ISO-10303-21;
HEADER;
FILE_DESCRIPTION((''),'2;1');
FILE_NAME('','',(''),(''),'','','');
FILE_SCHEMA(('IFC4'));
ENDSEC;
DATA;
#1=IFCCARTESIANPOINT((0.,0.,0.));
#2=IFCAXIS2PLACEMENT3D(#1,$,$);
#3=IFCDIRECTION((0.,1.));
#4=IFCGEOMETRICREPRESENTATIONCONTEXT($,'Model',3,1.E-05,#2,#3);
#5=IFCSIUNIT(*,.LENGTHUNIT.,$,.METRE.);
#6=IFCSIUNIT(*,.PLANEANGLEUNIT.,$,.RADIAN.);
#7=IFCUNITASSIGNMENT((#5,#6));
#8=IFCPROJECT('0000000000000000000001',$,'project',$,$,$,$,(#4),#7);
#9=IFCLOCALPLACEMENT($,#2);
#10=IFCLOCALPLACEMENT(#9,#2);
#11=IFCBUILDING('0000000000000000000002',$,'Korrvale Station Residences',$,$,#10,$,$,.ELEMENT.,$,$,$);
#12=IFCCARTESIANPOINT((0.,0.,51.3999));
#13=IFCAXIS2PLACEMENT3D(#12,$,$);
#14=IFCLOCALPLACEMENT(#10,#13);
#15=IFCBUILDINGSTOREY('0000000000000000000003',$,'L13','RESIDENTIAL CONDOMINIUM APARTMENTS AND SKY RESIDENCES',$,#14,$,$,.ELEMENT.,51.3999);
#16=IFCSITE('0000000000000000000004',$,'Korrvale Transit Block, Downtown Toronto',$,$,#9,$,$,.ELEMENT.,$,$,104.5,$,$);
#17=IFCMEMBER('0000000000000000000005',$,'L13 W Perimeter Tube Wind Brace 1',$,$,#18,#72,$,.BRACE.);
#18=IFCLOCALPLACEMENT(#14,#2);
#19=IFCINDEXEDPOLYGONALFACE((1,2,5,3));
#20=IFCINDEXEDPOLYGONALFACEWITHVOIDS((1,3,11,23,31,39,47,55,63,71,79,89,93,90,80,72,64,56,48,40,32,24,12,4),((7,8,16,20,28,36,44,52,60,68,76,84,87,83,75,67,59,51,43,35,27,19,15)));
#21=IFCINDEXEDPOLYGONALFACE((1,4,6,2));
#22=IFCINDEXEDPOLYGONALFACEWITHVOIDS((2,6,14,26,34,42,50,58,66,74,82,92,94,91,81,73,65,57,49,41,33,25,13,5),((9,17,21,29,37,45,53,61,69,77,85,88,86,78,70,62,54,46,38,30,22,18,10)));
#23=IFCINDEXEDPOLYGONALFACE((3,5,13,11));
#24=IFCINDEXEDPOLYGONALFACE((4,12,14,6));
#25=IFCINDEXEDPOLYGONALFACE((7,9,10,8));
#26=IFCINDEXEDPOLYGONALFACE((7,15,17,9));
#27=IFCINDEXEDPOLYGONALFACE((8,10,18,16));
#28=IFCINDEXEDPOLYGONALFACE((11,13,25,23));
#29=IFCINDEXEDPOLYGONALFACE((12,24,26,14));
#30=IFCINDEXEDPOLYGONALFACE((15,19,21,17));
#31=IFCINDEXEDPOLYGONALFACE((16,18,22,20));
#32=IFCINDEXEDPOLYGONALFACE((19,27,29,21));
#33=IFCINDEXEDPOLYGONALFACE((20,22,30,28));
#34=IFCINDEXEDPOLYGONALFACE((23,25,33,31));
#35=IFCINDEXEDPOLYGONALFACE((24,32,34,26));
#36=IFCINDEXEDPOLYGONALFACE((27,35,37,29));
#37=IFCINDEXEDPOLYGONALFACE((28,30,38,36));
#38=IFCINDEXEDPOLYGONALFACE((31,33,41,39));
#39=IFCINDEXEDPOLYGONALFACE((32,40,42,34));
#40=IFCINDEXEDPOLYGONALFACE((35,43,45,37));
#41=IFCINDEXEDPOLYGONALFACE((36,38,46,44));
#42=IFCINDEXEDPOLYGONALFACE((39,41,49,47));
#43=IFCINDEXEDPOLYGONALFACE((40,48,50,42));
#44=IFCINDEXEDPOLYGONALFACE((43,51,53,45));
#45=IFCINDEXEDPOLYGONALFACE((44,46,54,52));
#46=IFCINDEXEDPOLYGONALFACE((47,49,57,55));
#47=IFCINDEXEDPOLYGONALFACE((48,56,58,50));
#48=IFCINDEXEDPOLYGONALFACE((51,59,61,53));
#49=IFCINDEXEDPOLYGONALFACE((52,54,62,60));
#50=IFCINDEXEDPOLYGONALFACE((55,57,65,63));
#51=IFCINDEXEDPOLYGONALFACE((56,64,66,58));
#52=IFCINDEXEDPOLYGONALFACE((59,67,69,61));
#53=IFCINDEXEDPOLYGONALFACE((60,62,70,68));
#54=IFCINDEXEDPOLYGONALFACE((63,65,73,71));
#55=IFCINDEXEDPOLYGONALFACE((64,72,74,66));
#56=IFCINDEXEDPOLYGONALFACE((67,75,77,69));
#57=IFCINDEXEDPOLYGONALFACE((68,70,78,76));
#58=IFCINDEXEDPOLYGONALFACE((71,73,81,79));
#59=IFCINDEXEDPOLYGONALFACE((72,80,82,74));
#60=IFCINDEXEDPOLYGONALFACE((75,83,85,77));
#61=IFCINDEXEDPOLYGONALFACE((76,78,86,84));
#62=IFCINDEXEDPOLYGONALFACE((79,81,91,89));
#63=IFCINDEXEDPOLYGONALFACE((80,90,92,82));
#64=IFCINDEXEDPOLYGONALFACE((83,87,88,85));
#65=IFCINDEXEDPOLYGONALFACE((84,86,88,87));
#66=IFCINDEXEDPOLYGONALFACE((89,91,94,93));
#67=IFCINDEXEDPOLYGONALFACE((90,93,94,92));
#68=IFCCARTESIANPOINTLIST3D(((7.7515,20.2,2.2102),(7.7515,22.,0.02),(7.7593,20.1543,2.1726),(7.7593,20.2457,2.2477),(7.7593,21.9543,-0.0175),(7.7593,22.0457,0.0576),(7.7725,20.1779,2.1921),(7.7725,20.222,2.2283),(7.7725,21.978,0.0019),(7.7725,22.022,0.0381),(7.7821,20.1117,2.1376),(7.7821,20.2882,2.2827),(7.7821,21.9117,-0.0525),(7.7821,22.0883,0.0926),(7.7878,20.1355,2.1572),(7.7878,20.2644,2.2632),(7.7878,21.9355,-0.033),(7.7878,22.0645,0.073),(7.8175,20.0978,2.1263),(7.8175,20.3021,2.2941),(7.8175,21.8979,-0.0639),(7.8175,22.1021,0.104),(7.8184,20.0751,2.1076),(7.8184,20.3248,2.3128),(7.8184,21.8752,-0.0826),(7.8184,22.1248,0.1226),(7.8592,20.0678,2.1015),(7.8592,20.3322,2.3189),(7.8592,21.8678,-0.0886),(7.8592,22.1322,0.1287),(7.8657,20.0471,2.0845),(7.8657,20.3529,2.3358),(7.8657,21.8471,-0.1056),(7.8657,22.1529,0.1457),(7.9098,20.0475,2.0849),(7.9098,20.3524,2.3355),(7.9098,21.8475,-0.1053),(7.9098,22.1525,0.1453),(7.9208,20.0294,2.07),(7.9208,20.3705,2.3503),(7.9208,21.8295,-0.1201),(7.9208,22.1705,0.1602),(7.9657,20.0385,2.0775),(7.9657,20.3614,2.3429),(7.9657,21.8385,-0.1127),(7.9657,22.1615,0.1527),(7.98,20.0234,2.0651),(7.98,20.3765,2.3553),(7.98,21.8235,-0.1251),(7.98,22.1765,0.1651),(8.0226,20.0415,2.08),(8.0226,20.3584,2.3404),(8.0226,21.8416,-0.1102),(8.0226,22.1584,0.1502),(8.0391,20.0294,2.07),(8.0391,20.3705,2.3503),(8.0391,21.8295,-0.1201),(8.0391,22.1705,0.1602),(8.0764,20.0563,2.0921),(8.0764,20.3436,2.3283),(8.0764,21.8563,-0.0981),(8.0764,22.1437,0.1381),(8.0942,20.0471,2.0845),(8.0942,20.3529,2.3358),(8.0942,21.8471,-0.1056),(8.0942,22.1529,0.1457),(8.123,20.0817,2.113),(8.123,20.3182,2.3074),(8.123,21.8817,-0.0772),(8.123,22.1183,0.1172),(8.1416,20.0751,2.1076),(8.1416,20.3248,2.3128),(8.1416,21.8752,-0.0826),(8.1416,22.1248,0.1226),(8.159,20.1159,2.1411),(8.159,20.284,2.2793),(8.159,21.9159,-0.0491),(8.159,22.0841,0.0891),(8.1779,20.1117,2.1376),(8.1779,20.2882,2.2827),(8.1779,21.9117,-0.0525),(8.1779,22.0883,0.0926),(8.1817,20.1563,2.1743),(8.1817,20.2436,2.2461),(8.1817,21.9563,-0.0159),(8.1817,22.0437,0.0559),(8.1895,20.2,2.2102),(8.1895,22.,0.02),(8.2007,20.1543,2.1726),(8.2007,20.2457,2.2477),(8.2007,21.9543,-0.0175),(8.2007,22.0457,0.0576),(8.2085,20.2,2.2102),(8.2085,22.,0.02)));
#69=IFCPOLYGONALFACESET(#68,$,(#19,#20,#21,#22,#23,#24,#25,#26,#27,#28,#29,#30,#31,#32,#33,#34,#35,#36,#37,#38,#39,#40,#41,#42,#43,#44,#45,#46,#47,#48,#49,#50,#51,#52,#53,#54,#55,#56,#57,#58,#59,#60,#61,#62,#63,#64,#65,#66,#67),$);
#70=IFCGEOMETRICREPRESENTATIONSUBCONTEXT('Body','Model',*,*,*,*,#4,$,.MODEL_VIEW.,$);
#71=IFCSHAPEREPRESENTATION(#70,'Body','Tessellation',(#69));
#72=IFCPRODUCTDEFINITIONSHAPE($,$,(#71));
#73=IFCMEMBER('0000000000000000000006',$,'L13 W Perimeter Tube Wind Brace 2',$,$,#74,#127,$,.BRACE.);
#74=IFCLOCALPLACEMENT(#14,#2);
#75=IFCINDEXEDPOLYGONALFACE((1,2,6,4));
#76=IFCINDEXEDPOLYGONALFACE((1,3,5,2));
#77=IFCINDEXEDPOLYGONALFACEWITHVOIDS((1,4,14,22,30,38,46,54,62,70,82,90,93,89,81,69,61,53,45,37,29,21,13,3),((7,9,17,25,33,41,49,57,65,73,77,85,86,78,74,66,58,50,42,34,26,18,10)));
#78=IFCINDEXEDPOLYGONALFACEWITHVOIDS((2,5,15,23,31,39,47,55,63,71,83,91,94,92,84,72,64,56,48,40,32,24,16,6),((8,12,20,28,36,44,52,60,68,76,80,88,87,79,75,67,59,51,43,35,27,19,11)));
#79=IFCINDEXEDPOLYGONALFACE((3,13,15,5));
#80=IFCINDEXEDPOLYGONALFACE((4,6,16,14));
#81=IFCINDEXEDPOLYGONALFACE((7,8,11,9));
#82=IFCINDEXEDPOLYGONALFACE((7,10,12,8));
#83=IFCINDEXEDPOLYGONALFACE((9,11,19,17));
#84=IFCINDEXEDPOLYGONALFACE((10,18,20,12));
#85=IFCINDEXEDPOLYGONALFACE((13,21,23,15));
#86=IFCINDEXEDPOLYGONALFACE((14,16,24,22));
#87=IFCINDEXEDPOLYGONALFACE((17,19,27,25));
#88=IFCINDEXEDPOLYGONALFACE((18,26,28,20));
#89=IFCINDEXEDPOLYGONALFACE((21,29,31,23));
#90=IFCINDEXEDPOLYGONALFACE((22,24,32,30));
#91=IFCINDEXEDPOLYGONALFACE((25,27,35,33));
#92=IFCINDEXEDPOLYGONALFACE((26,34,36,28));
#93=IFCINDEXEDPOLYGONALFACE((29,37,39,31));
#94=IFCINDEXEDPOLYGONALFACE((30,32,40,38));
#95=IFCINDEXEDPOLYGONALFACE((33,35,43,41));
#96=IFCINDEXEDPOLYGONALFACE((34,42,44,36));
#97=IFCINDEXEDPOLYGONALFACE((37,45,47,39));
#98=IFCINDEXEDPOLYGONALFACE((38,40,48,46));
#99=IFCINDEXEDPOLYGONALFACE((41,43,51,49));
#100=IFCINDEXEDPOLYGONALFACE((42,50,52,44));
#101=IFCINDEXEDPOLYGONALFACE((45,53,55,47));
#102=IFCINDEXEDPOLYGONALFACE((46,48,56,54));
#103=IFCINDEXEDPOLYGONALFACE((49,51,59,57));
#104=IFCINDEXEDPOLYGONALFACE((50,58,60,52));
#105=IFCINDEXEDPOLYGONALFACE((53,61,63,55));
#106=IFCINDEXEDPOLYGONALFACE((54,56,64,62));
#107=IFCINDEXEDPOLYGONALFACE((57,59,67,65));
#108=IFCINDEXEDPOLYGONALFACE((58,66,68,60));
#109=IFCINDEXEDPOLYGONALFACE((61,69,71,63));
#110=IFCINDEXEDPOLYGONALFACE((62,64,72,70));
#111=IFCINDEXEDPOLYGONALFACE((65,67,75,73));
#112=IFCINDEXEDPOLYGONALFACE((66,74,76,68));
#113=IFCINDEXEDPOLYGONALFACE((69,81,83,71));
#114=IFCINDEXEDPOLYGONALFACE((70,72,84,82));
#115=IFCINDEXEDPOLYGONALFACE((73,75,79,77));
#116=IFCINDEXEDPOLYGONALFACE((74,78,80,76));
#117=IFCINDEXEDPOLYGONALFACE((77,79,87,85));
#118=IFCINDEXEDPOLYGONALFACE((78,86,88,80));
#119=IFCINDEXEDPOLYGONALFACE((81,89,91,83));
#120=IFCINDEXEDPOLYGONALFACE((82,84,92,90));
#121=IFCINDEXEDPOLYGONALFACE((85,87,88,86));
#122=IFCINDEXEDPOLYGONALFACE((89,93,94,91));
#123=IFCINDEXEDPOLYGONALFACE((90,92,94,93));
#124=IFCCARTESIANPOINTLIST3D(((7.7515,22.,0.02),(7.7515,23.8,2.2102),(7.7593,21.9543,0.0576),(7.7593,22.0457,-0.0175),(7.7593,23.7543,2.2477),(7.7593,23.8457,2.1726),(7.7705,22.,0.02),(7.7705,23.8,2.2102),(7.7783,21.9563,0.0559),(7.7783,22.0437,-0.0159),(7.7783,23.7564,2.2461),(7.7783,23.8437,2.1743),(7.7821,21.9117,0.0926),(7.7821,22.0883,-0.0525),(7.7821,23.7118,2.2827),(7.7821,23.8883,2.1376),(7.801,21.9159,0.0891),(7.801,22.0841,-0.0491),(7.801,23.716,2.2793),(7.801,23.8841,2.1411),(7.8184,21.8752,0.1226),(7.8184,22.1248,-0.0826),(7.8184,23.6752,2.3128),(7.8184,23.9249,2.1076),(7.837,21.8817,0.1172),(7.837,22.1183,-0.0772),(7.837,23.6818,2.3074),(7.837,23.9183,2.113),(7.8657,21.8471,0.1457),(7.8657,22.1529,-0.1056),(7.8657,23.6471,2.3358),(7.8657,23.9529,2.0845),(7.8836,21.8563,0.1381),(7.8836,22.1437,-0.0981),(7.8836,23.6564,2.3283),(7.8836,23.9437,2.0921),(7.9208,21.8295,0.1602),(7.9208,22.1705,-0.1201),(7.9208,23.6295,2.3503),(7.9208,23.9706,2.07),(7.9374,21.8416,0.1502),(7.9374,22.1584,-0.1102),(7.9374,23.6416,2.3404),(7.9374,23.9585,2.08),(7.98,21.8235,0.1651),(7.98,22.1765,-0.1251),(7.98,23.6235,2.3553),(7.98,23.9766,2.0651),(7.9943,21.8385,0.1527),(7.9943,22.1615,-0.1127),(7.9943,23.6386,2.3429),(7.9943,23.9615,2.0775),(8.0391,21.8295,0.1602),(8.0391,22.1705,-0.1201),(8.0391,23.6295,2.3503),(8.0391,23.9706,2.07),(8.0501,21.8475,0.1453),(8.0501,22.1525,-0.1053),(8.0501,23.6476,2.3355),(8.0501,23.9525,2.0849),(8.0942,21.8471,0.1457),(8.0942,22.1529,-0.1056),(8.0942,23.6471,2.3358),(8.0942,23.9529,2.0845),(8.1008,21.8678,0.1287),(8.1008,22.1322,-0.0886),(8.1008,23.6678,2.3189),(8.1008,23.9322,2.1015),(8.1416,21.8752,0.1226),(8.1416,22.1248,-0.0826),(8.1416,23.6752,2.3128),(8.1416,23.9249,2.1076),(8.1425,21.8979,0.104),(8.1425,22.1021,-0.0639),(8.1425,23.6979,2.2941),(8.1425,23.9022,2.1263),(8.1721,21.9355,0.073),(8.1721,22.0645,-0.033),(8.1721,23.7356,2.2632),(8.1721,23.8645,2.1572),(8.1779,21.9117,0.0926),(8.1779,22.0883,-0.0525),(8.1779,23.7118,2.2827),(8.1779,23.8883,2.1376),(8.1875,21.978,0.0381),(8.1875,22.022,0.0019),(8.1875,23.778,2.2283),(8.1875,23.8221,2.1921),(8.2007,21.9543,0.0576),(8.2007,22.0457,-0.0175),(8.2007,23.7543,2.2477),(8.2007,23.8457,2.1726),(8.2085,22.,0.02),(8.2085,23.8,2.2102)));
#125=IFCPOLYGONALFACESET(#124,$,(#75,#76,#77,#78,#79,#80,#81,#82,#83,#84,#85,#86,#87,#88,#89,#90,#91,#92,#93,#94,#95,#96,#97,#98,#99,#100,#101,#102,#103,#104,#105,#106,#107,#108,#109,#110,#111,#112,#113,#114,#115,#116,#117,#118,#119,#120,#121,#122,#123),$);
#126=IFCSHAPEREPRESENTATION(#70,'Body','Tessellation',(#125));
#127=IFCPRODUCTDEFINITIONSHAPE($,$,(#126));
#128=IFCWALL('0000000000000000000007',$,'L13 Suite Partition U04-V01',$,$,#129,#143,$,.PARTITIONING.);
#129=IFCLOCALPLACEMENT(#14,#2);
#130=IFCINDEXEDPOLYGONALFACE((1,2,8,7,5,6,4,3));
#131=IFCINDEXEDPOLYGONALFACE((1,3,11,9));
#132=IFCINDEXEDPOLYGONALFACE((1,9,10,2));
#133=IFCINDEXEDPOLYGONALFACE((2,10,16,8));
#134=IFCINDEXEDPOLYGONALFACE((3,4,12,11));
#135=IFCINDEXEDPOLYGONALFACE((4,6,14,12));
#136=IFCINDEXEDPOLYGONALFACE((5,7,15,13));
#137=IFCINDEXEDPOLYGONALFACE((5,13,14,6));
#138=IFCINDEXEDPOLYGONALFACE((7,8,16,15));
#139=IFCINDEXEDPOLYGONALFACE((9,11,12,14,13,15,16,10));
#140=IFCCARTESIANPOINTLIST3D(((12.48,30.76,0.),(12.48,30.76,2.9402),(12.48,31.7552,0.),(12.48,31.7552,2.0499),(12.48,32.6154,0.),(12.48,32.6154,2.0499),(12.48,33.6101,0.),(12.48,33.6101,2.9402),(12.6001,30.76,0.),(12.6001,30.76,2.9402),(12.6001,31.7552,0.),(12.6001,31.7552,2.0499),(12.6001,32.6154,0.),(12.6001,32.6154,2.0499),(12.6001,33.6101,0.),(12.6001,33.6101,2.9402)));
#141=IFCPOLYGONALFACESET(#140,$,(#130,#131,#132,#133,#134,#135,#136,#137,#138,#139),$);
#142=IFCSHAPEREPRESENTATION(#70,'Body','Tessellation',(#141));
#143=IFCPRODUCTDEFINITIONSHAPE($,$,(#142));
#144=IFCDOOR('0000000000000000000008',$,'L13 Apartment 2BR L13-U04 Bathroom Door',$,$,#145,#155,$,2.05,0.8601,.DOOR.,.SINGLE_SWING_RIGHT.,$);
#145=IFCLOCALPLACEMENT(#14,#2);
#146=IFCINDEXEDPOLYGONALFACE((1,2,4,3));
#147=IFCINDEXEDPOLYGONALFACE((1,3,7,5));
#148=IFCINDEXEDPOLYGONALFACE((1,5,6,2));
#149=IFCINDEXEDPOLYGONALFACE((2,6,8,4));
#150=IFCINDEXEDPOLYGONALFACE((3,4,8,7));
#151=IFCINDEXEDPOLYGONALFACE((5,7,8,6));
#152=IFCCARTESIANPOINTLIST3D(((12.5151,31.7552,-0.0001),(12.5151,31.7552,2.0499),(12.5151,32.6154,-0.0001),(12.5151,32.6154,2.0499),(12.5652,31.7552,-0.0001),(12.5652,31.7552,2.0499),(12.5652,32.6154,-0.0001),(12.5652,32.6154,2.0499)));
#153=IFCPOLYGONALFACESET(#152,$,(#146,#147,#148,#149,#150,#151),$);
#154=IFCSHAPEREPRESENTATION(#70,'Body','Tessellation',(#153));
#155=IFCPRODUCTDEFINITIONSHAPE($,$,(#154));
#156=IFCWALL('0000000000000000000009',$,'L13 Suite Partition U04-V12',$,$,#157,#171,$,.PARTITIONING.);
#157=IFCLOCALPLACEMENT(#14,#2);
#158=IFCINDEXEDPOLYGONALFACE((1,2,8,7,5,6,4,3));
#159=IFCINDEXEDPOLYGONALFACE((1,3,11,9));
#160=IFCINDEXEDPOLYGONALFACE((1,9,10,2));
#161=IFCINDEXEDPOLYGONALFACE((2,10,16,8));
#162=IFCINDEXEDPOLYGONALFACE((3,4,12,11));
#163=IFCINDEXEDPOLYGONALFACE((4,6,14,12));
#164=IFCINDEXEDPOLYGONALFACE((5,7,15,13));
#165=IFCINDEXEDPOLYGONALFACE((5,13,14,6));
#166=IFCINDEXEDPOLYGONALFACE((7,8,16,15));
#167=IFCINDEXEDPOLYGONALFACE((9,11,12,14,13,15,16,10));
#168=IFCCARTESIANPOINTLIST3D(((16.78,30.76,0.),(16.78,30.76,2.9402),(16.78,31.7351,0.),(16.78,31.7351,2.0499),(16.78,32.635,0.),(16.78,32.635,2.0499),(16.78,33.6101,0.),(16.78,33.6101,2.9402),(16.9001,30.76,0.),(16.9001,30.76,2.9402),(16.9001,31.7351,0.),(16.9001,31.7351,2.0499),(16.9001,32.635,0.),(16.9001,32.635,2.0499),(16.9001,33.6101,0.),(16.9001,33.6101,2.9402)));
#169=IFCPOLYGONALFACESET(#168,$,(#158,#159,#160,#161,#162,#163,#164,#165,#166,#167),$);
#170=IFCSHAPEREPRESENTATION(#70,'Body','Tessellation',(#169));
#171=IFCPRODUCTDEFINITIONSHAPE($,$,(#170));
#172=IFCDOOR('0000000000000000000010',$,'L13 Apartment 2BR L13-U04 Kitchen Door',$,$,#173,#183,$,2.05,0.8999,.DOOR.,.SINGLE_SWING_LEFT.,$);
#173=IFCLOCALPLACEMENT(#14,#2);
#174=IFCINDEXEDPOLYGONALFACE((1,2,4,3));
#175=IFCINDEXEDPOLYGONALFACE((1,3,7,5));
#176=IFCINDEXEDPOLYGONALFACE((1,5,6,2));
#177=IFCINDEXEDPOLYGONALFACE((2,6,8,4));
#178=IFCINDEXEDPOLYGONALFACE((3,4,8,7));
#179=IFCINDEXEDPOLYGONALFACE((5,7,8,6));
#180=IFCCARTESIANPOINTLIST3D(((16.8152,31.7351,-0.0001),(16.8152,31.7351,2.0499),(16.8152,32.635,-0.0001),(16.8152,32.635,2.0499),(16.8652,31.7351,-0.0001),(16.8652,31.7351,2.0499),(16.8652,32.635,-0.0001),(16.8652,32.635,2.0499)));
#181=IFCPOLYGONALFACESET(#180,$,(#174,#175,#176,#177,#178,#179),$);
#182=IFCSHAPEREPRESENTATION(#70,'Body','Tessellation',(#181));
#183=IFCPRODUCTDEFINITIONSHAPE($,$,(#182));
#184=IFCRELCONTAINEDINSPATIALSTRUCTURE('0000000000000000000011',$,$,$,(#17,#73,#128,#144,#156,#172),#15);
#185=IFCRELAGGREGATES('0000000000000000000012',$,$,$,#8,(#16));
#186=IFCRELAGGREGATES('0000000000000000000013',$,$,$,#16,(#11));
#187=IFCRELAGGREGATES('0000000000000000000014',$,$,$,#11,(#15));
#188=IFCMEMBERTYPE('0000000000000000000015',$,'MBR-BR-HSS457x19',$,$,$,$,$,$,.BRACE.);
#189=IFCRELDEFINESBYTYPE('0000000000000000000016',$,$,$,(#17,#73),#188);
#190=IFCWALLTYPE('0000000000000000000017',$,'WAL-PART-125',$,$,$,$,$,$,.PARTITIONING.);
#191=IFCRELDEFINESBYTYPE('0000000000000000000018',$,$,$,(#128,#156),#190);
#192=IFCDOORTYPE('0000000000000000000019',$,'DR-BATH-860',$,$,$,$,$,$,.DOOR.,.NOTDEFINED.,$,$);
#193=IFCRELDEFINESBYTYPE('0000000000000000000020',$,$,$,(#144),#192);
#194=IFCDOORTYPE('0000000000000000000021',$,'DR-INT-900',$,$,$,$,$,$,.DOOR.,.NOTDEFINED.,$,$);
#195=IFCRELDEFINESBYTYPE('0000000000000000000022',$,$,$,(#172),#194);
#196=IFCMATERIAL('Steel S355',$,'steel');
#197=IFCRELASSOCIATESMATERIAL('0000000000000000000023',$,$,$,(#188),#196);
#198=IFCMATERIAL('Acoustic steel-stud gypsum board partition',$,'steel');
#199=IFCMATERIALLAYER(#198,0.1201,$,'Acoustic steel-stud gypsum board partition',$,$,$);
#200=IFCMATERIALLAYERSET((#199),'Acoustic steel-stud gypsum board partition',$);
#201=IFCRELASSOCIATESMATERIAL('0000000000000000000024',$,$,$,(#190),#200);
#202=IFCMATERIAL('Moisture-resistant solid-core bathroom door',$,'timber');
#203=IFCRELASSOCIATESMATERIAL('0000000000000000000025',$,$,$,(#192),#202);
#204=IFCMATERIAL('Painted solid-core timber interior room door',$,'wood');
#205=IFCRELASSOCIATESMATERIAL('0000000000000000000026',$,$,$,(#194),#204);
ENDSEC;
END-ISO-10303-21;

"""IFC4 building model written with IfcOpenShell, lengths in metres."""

from ifc_helpers import new_model, si_unit, direction, frame, frame_2d, origin, origin_2d, place, context, subcontext, project, spatial, rectangle, hollow_circle, extrude, material, layer, layer_set, material_profile, profile_set, type_object, element, fill, save


model = new_model("IFC4")

# Units and contexts
model_context = context("Model", 3, precision=1e-05, world=origin(), true_north=direction((0.0, 1.0)))
body_context = subcontext(model_context, "Body", "Model", "MODEL_VIEW")
ifc_project = project(units=[si_unit("LENGTHUNIT", "METRE"), si_unit("PLANEANGLEUNIT", "RADIAN")], contexts=[model_context])

# Site, building, storey
site_placement = place(None, origin())
site = spatial("IfcSite", under=ifc_project, at=site_placement, Name="Korrvale Transit Block, Downtown Toronto", CompositionType="ELEMENT", RefElevation=104.5)
building_placement = place(site_placement, origin())
building = spatial("IfcBuilding", under=site, at=building_placement, Name="Korrvale Station Residences", CompositionType="ELEMENT")
storey_placement = place(building_placement, frame((0.0, 0.0, 51.3999)))
storey = spatial("IfcBuildingStorey", under=building, at=storey_placement, Name="L13", Description="RESIDENTIAL CONDOMINIUM APARTMENTS AND SKY RESIDENCES", CompositionType="ELEMENT", Elevation=51.3999)

# Shared definitions
ifc_material_1 = material(Name="Steel S355", Category="steel")

# Members
ifc_material_profile_1 = material_profile(ifc_material_1, hollow_circle(Radius=0.2285, WallThickness=0.019, at=origin_2d()), Name="HSS457x19")
ifc_profile_set_1 = profile_set([ifc_material_profile_1], Name="Steel S355")
member_type = type_object("IfcMemberType", Name="MBR-BR-HSS457x19", PredefinedType="BRACE", material=ifc_profile_set_1)
for number, where, z_axis, x_axis, name in (
    (1, (7.98, 22.0, 0.02), (0.0, -0.634943, 0.772559), (1.0, 0.0, 0.0), "L13 W Perimeter Tube Wind Brace 1"),
    (2, (7.98, 22.0, 0.02), (0.0, 0.634943, 0.772559), (-1.0, 0.0, 0.0), "L13 W Perimeter Tube Wind Brace 2"),
):
    element("IfcMember", number, at=place(storey_placement, frame(where, z_axis=z_axis, x_axis=x_axis)), inside=storey, type_object=member_type, Name=name, PredefinedType="BRACE", context=body_context, shape_type="SweptSolid", body=[
        extrude(hollow_circle(Radius=0.2285, WallThickness=0.019, at=origin_2d()), origin(), (0.0, 0.0, 1.0), 2.835),
    ])

# Walls, openings, doors
ifc_material_2 = material(Name="Acoustic steel-stud gypsum board partition", Category="steel")
ifc_layer_1 = layer(ifc_material_2, 0.1201, Name="Acoustic steel-stud gypsum board partition")
ifc_layer_set_1 = layer_set([ifc_layer_1], Name="Acoustic steel-stud gypsum board partition")
wall_type_1 = type_object("IfcWallType", Name="WAL-PART-125", PredefinedType="PARTITIONING", material=ifc_layer_set_1)
wall_1_placement = place(storey_placement, frame((12.54, 30.76, 0.0), z_axis=(0.0, 0.0, 1.0), x_axis=(0.0, 1.0, 0.0)))
wall_1 = element("IfcWall", 3, at=wall_1_placement, inside=storey, type_object=wall_type_1, Name="L13 Suite Partition U04-V01", PredefinedType="PARTITIONING", context=body_context, shape_type="SweptSolid", body=[
    extrude(rectangle(XDim=2.8501, YDim=0.1201, at=frame_2d((1.425, 0.0))), origin(), (0.0, 0.0, 1.0), 2.9402),
])
opening_1_placement = place(wall_1_placement, frame((0.9951, 0.0, 0.0)))
opening_1 = element("IfcOpeningElement", 4, at=opening_1_placement, cuts=wall_1, PredefinedType="OPENING", context=body_context, shape_type="SweptSolid", body=[
    extrude(rectangle(XDim=0.8601, YDim=2.05, at=frame_2d((0.4302, 1.0249))), frame((0.0, 0.0701, 0.0), z_axis=(0.0, -1.0, 0.0), x_axis=(1.0, 0.0, 0.0)), (0.0, 0.0, 1.0), 0.1401),
])
ifc_material_3 = material(Name="Moisture-resistant solid-core bathroom door", Category="timber")
door_type_1 = type_object("IfcDoorType", Name="DR-BATH-860", OperationType="NOTDEFINED", PredefinedType="DOOR", material=ifc_material_3)
door_1_placement = place(opening_1_placement, origin())
door_1 = element("IfcDoor", 5, at=door_1_placement, inside=storey, type_object=door_type_1, Name="L13 Apartment 2BR L13-U04 Bathroom Door", OperationType="SINGLE_SWING_RIGHT", OverallHeight=2.05, OverallWidth=0.8601, PredefinedType="DOOR", context=body_context, shape_type="SweptSolid", body=[
    extrude(rectangle(XDim=0.8601, YDim=2.05, at=frame_2d((0.4302, 1.0249))), frame((0.0, 0.0249, 0.0), z_axis=(0.0, -1.0, 0.0), x_axis=(1.0, 0.0, 0.0)), (0.0, 0.0, 1.0), 0.05),
])
fill(opening_1, door_1)
wall_2_placement = place(storey_placement, frame((16.8401, 30.76, 0.0), z_axis=(0.0, 0.0, 1.0), x_axis=(0.0, 1.0, 0.0)))
wall_2 = element("IfcWall", 6, at=wall_2_placement, inside=storey, type_object=wall_type_1, Name="L13 Suite Partition U04-V12", PredefinedType="PARTITIONING", context=body_context, shape_type="SweptSolid", body=[
    extrude(rectangle(XDim=2.8501, YDim=0.1201, at=frame_2d((1.425, 0.0))), origin(), (0.0, 0.0, 1.0), 2.9402),
])
opening_2_placement = place(wall_2_placement, frame((0.9751, 0.0, 0.0)))
opening_2 = element("IfcOpeningElement", 7, at=opening_2_placement, cuts=wall_2, PredefinedType="OPENING", context=body_context, shape_type="SweptSolid", body=[
    extrude(rectangle(XDim=0.8999, YDim=2.05, at=frame_2d((0.45, 1.0249))), frame((0.0, 0.0701, 0.0), z_axis=(0.0, -1.0, 0.0), x_axis=(1.0, 0.0, 0.0)), (0.0, 0.0, 1.0), 0.1401),
])
ifc_material_4 = material(Name="Painted solid-core timber interior room door", Category="wood")
door_type_2 = type_object("IfcDoorType", Name="DR-INT-900", OperationType="NOTDEFINED", PredefinedType="DOOR", material=ifc_material_4)
door_2_placement = place(opening_2_placement, origin())
door_2 = element("IfcDoor", 8, at=door_2_placement, inside=storey, type_object=door_type_2, Name="L13 Apartment 2BR L13-U04 Kitchen Door", OperationType="SINGLE_SWING_LEFT", OverallHeight=2.05, OverallWidth=0.8999, PredefinedType="DOOR", context=body_context, shape_type="SweptSolid", body=[
    extrude(rectangle(XDim=0.8999, YDim=2.05, at=frame_2d((0.45, 1.0249))), frame((0.0, 0.0249, 0.0), z_axis=(0.0, -1.0, 0.0), x_axis=(1.0, 0.0, 0.0)), (0.0, 0.0, 1.0), 0.05),
])
fill(opening_2, door_2)

save(model, "model.ifc")
